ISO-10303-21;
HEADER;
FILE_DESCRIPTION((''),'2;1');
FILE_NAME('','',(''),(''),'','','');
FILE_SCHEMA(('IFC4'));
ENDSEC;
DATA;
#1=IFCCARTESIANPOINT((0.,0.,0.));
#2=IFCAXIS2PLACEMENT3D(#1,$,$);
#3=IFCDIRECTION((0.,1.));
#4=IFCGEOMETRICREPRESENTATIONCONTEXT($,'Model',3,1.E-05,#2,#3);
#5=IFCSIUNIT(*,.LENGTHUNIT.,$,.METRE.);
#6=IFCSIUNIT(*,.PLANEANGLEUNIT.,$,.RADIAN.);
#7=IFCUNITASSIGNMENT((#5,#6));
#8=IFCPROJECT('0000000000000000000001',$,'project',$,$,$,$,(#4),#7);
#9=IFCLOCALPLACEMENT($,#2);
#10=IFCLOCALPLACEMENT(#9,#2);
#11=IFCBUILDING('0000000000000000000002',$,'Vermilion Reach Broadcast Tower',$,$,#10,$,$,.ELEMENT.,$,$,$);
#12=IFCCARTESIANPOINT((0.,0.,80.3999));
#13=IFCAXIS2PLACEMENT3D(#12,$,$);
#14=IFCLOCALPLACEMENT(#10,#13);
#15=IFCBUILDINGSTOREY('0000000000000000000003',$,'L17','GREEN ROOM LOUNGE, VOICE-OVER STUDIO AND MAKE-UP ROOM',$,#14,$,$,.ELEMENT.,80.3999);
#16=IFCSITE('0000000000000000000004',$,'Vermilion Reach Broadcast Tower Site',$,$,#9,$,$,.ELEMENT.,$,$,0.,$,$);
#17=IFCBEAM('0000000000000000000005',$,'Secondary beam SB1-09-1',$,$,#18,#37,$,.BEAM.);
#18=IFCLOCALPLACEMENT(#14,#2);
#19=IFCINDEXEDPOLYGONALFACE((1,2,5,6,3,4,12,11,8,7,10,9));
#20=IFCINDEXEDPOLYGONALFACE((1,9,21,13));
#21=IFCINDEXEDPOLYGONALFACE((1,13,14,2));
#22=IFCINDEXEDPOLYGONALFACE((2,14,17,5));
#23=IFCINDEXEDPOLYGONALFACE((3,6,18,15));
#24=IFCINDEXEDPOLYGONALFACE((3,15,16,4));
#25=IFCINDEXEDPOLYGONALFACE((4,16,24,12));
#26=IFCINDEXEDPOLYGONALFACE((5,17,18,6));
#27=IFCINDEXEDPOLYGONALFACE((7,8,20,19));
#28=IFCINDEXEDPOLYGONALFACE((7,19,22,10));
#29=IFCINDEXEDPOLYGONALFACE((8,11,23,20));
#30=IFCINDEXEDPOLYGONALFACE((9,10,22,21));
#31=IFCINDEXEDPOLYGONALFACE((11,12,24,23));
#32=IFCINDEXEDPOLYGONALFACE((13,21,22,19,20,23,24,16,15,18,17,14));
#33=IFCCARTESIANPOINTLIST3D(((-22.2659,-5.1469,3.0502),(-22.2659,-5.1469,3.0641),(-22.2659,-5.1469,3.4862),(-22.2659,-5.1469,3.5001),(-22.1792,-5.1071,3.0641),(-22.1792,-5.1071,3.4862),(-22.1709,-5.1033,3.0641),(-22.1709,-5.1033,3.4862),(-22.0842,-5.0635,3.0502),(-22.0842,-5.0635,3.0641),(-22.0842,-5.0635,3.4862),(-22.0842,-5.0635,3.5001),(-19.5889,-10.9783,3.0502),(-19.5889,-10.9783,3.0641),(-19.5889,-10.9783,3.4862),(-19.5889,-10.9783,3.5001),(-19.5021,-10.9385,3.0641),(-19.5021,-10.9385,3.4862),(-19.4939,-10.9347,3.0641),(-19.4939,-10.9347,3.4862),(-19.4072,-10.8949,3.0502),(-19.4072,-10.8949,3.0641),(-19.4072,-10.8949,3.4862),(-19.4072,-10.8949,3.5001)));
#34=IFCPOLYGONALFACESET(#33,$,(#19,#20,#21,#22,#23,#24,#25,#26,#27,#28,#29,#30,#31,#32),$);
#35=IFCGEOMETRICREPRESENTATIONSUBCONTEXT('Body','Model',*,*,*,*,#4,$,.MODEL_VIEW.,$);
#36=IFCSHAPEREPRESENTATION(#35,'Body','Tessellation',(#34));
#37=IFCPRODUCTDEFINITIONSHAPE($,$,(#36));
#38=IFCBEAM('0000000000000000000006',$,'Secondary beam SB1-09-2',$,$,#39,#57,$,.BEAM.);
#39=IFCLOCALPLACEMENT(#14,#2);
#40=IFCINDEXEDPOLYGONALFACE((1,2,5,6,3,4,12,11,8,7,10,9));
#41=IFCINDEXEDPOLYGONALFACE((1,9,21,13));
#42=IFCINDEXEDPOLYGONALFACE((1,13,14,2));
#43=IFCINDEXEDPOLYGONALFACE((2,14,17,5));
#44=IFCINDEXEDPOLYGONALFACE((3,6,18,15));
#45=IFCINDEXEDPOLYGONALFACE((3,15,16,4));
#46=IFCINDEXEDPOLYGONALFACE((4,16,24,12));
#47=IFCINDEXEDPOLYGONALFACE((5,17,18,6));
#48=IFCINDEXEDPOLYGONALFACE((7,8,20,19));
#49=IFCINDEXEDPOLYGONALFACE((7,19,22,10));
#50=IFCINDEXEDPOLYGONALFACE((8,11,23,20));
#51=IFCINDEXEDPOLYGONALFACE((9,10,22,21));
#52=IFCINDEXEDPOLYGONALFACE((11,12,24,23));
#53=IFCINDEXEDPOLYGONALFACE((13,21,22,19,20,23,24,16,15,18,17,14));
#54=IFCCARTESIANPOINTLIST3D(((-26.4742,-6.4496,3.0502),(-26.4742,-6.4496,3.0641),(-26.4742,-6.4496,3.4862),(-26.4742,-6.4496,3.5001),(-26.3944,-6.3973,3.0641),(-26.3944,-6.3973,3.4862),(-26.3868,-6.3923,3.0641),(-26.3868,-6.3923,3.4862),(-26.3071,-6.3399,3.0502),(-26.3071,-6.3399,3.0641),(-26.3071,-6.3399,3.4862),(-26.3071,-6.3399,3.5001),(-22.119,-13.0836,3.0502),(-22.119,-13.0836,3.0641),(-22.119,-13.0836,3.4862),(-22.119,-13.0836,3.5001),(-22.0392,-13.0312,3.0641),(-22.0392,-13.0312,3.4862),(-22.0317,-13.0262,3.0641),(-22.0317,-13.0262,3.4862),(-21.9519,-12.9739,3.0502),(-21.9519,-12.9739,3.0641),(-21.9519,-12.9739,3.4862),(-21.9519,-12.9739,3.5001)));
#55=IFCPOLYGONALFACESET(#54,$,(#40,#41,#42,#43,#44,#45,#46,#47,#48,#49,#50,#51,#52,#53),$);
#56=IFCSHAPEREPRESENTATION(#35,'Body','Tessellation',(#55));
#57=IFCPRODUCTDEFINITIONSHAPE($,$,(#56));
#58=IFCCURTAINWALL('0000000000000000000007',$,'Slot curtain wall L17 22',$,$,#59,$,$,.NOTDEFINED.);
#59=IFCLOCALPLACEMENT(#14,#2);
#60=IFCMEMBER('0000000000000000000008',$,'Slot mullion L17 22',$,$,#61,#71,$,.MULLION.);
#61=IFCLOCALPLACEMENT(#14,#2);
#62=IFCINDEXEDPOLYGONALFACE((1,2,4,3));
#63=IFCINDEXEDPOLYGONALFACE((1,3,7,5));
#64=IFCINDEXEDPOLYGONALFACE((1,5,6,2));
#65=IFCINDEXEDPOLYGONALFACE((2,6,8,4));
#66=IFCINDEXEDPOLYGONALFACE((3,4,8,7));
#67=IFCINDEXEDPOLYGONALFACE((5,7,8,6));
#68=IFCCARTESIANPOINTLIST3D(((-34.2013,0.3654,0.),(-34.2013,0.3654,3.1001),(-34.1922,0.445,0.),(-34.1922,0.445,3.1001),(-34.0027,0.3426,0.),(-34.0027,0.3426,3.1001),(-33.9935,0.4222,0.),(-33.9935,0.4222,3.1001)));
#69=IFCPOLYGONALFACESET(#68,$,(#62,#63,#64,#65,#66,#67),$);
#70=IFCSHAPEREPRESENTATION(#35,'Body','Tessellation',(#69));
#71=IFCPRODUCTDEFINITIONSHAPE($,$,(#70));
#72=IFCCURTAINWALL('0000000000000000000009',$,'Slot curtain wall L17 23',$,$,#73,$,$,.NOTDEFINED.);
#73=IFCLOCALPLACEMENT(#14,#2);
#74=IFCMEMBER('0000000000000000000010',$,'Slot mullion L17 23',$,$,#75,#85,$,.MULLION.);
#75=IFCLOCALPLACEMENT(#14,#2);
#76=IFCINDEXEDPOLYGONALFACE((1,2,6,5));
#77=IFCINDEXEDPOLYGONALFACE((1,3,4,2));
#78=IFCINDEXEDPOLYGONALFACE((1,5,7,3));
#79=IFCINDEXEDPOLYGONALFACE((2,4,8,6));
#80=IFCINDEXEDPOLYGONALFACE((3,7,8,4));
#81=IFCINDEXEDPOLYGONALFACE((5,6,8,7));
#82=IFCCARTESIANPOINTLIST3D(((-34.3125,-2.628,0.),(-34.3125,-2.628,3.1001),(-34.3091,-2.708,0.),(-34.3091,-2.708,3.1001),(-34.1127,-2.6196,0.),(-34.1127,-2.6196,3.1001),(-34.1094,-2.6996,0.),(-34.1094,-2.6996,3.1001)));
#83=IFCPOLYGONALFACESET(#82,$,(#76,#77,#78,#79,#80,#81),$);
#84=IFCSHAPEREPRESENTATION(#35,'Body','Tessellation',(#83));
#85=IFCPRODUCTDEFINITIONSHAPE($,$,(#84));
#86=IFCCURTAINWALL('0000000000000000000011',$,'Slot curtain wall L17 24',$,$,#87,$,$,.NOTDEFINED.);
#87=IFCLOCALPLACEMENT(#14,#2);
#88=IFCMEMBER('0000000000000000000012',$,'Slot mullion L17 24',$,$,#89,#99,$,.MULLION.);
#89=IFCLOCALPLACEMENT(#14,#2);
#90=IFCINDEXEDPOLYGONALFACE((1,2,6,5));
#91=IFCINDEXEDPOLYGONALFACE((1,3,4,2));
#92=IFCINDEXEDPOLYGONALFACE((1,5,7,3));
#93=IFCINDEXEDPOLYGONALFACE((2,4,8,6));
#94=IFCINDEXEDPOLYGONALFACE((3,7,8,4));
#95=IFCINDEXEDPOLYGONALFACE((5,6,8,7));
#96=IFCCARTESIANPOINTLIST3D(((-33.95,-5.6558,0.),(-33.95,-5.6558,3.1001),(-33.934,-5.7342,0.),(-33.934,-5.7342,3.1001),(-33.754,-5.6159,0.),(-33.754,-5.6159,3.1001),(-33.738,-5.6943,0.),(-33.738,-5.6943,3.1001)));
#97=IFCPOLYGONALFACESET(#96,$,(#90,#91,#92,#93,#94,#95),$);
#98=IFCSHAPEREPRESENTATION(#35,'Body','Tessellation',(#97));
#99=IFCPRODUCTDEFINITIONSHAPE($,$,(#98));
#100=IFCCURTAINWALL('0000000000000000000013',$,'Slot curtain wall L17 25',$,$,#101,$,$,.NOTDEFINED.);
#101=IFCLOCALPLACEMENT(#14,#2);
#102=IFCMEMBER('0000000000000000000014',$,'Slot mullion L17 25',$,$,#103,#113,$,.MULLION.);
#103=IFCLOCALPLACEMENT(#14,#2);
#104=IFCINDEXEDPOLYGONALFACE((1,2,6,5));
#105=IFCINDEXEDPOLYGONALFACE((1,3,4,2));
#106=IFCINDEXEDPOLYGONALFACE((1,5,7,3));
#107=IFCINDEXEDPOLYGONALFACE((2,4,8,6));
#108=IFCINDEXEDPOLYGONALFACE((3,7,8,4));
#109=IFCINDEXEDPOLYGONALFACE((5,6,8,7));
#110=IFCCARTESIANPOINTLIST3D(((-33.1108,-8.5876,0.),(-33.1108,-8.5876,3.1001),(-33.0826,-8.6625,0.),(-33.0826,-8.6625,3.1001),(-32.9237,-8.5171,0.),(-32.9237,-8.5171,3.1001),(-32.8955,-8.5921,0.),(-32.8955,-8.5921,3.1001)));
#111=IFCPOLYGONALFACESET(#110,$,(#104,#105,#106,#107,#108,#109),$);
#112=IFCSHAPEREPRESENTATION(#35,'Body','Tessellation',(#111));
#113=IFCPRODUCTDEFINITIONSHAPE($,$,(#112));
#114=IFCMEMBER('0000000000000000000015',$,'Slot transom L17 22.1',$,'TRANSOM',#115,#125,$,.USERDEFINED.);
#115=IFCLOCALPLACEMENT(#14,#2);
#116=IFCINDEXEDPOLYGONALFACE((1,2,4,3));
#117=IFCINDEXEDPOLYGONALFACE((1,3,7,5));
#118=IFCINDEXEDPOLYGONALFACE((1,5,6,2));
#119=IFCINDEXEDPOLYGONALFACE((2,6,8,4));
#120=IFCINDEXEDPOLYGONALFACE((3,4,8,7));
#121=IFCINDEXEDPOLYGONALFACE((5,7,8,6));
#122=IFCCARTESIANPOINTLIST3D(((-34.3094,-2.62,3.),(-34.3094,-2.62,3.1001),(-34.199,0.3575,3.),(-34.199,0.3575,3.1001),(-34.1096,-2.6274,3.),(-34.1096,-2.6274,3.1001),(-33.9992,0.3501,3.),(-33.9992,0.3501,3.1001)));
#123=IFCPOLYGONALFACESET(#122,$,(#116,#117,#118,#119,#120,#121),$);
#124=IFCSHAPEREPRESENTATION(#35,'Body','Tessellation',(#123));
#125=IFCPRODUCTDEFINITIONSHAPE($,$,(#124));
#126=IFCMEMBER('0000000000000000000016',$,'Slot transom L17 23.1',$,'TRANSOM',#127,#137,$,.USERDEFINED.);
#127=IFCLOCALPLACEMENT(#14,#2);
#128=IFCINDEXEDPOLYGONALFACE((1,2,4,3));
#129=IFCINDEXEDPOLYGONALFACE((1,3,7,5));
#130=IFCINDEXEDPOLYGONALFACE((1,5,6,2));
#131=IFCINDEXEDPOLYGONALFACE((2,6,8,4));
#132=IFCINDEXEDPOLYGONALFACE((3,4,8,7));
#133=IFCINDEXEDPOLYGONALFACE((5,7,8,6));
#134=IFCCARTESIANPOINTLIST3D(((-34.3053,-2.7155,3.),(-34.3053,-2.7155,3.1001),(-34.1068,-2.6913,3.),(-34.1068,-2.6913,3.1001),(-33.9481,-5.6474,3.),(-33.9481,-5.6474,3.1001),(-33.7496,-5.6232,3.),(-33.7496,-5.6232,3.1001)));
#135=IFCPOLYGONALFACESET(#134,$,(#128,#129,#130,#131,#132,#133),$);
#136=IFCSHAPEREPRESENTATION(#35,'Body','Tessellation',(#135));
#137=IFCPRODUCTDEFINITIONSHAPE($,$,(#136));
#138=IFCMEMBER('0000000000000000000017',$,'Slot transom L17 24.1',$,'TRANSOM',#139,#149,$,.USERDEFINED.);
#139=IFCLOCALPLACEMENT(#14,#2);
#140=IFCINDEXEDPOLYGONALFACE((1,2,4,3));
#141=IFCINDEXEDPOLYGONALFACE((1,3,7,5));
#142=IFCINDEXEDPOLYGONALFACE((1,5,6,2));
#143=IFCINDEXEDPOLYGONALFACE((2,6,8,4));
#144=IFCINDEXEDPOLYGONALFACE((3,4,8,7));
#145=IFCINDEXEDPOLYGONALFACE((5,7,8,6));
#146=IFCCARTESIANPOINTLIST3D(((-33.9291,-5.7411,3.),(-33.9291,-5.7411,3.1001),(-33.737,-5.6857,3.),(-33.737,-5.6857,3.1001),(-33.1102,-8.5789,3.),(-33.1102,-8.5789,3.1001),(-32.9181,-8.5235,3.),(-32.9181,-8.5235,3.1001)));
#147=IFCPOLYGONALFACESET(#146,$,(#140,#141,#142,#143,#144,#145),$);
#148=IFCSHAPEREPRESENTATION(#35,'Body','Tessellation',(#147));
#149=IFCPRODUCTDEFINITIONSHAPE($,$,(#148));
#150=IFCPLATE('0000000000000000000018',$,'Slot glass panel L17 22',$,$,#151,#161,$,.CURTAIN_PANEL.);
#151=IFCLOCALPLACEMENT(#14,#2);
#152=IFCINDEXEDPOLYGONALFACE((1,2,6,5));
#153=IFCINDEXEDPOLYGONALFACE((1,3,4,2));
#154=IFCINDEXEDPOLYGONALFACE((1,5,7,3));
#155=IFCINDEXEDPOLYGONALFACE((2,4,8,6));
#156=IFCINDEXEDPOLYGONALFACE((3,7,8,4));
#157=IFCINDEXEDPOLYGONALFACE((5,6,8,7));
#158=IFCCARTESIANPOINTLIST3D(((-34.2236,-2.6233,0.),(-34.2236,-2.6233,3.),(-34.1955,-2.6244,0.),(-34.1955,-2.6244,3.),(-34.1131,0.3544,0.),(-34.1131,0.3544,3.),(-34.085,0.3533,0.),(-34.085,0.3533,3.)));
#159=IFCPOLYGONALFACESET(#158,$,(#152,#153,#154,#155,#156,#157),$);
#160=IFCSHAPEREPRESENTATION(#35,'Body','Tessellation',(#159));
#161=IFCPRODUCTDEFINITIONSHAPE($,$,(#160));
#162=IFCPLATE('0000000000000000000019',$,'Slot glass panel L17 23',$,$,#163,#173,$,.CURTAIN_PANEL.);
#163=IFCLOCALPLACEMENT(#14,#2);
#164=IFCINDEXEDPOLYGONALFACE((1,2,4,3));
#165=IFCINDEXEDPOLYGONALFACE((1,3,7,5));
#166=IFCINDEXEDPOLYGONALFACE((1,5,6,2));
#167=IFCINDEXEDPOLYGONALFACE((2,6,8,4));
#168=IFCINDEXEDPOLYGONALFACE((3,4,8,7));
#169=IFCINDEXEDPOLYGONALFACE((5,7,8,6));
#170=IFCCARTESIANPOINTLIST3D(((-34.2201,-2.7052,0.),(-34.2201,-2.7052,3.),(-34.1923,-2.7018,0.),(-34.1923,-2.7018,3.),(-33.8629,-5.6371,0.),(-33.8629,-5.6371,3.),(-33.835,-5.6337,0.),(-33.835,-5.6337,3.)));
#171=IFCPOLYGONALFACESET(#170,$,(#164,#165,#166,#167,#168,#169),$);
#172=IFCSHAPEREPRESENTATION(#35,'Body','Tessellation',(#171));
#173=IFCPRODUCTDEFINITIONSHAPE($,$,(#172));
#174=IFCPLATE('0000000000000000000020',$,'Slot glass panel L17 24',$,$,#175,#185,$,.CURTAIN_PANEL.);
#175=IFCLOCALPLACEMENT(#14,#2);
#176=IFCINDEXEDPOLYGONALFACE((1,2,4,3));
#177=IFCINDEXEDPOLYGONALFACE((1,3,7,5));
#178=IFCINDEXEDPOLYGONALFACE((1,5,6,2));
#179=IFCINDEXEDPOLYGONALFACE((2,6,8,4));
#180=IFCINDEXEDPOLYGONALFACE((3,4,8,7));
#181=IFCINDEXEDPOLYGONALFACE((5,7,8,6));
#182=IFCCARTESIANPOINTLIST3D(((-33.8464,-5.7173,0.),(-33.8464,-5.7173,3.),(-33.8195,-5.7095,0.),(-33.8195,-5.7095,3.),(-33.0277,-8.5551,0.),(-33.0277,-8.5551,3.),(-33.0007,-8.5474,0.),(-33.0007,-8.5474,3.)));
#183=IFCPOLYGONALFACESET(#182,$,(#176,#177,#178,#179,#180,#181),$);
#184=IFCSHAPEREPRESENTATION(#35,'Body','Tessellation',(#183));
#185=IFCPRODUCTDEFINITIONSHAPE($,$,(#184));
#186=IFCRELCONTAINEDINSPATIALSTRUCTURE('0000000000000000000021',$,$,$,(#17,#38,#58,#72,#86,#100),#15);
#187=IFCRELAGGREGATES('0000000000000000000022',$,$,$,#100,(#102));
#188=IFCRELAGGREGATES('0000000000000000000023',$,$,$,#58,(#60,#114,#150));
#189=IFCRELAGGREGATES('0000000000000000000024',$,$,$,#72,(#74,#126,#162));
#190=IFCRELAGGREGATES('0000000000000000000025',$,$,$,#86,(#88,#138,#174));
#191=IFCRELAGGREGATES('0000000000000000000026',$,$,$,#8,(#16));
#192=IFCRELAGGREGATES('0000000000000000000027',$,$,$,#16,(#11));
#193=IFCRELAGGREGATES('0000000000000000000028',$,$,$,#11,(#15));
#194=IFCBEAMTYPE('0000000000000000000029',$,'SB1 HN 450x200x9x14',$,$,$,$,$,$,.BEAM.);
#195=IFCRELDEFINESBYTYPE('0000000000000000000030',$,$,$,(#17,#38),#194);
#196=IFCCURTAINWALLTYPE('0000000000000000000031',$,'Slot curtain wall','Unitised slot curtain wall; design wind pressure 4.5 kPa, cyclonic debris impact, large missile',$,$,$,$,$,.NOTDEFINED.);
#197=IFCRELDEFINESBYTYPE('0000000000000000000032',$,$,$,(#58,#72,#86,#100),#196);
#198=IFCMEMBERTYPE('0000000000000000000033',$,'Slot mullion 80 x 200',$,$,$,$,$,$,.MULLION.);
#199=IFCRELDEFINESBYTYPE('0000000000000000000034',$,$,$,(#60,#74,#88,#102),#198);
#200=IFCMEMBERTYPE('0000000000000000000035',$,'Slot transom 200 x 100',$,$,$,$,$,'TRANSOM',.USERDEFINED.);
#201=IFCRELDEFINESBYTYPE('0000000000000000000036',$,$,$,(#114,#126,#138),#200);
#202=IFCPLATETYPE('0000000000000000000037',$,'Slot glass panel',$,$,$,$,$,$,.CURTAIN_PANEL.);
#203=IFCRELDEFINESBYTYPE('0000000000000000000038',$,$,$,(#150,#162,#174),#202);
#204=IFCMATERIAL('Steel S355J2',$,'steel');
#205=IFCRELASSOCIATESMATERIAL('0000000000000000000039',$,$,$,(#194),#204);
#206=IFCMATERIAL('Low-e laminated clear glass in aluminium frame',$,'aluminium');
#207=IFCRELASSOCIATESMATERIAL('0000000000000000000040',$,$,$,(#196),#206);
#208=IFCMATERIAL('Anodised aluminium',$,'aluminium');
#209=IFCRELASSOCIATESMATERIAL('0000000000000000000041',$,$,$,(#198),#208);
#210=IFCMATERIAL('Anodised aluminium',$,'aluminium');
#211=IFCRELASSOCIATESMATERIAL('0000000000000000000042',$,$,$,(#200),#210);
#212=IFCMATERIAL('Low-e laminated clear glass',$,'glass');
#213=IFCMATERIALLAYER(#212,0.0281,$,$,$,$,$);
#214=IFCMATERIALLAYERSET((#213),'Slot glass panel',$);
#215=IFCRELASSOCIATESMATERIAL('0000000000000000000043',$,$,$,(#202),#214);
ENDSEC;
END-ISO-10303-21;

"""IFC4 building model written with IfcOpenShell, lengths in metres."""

from ifc_helpers import new_model, si_unit, direction, frame, origin, origin_2d, place, context, subcontext, project, spatial, rectangle, i_section, extrude, material, layer, layer_set, material_profile, profile_set, type_object, element, aggregate, save


model = new_model("IFC4")

# Units and contexts
model_context = context("Model", 3, precision=1e-05, world=origin(), true_north=direction((0.0, 1.0)))
body_context = subcontext(model_context, "Body", "Model", "MODEL_VIEW")
ifc_project = project(units=[si_unit("LENGTHUNIT", "METRE"), si_unit("PLANEANGLEUNIT", "RADIAN")], contexts=[model_context])

# Site, building, storey
site_placement = place(None, origin())
site = spatial("IfcSite", under=ifc_project, at=site_placement, Name="Vermilion Reach Broadcast Tower Site", CompositionType="ELEMENT", RefElevation=0.0)
building_placement = place(site_placement, origin())
building = spatial("IfcBuilding", under=site, at=building_placement, Name="Vermilion Reach Broadcast Tower", CompositionType="ELEMENT")
storey_placement = place(building_placement, frame((0.0, 0.0, 80.3999)))
storey = spatial("IfcBuildingStorey", under=building, at=storey_placement, Name="L17", Description="GREEN ROOM LOUNGE, VOICE-OVER STUDIO AND MAKE-UP ROOM", CompositionType="ELEMENT", Elevation=80.3999)

# Beams
ifc_material_1 = material(Name="Steel S355J2", Category="steel")
ifc_material_profile_1 = material_profile(ifc_material_1, i_section(OverallWidth=0.2, OverallDepth=0.45, WebThickness=0.009, FlangeThickness=0.0139, at=origin_2d()), Name="S355J2 HN 450x200x9x14")
ifc_profile_set_1 = profile_set([ifc_material_profile_1], Name="Steel S355J2")
beam_type_1 = type_object("IfcBeamType", Name="SB1 HN 450x200x9x14", PredefinedType="BEAM", material=ifc_profile_set_1)
beam_1_placement = place(storey_placement, frame((-22.175, -5.1052, 3.2751), z_axis=(0.417211, -0.908809, 0.0), x_axis=(0.908809, 0.417211, 0.0)))
element("IfcBeam", 1, at=beam_1_placement, inside=storey, type_object=beam_type_1, Name="Secondary beam SB1-09-1", PredefinedType="BEAM", context=body_context, shape_type="SweptSolid", body=[
    extrude(i_section(OverallWidth=0.2, OverallDepth=0.45, WebThickness=0.009, FlangeThickness=0.0139, at=origin_2d()), origin(), (0.0, 0.0, 1.0), 6.4165),
])
beam_2_placement = place(storey_placement, frame((-26.3906, -6.3948, 3.2751), z_axis=(0.548801, -0.835953, 0.0), x_axis=(0.835953, 0.548801, 0.0)))
element("IfcBeam", 2, at=beam_2_placement, inside=storey, type_object=beam_type_1, Name="Secondary beam SB1-09-2", PredefinedType="BEAM", context=body_context, shape_type="SweptSolid", body=[
    extrude(i_section(OverallWidth=0.2, OverallDepth=0.45, WebThickness=0.009, FlangeThickness=0.0139, at=origin_2d()), origin(), (0.0, 0.0, 1.0), 7.9358),
])

# Curtain walls, members
ifc_material_2 = material(Name="Low-e laminated clear glass in aluminium frame", Category="aluminium")
curtain_wall_type = type_object("IfcCurtainWallType", Name="Slot curtain wall", Description="Unitised slot curtain wall; design wind pressure 4.5 kPa, cyclonic debris impact, large missile", PredefinedType="NOTDEFINED", material=ifc_material_2)
placement = place(storey_placement, origin())
curtain_wall_1 = element("IfcCurtainWall", 3, at=placement, inside=storey, type_object=curtain_wall_type, Name="Slot curtain wall L17 22", PredefinedType="NOTDEFINED")
ifc_material_3 = material(Name="Anodised aluminium", Category="aluminium")
ifc_material_profile_2 = material_profile(ifc_material_3, rectangle(XDim=0.2, YDim=0.0801, at=origin_2d()), Name="Slot mullion 80 x 200")
ifc_profile_set_2 = profile_set([ifc_material_profile_2], Name="Anodised aluminium")
member_type_1 = type_object("IfcMemberType", Name="Slot mullion 80 x 200", PredefinedType="MULLION", material=ifc_profile_set_2)
member_1_placement = place(storey_placement, frame((-34.0974, 0.3938, 0.0), z_axis=(0.0, 0.0, 1.0), x_axis=(0.993466, -0.11413, 0.0)))
member_1 = element("IfcMember", 4, at=member_1_placement, type_object=member_type_1, Name="Slot mullion L17 22", PredefinedType="MULLION", context=body_context, shape_type="SweptSolid", body=[
    extrude(rectangle(XDim=0.2, YDim=0.0801, at=origin_2d()), origin(), (0.0, 0.0, 1.0), 3.1001),
])
curtain_wall_2 = element("IfcCurtainWall", 5, at=placement, inside=storey, type_object=curtain_wall_type, Name="Slot curtain wall L17 23", PredefinedType="NOTDEFINED")
member_2_placement = place(storey_placement, frame((-34.2109, -2.6638, 0.0), z_axis=(0.0, 0.0, 1.0), x_axis=(0.999115, 0.04207, 0.0)))
member_2 = element("IfcMember", 6, at=member_2_placement, type_object=member_type_1, Name="Slot mullion L17 23", PredefinedType="MULLION", context=body_context, shape_type="SweptSolid", body=[
    extrude(rectangle(XDim=0.2, YDim=0.0801, at=origin_2d()), origin(), (0.0, 0.0, 1.0), 3.1001),
])
curtain_wall_3 = element("IfcCurtainWall", 7, at=placement, inside=storey, type_object=curtain_wall_type, Name="Slot curtain wall L17 24", PredefinedType="NOTDEFINED")
member_3_placement = place(storey_placement, frame((-33.844, -5.675, 0.0), z_axis=(0.0, 0.0, 1.0), x_axis=(0.979855, 0.19971, 0.0)))
member_3 = element("IfcMember", 8, at=member_3_placement, type_object=member_type_1, Name="Slot mullion L17 24", PredefinedType="MULLION", context=body_context, shape_type="SweptSolid", body=[
    extrude(rectangle(XDim=0.2, YDim=0.0801, at=origin_2d()), origin(), (0.0, 0.0, 1.0), 3.1001),
])
curtain_wall_4 = element("IfcCurtainWall", 9, at=placement, inside=storey, type_object=curtain_wall_type, Name="Slot curtain wall L17 25", PredefinedType="NOTDEFINED")
member_4_placement = place(storey_placement, frame((-33.0032, -8.5898, 0.0), z_axis=(0.0, 0.0, 1.0), x_axis=(0.935882, 0.352313, 0.0)))
member_4 = element("IfcMember", 10, at=member_4_placement, type_object=member_type_1, Name="Slot mullion L17 25", PredefinedType="MULLION", context=body_context, shape_type="SweptSolid", body=[
    extrude(rectangle(XDim=0.2, YDim=0.0801, at=origin_2d()), origin(), (0.0, 0.0, 1.0), 3.1001),
])
aggregate(curtain_wall_4, [member_4])

# Members
ifc_material_4 = material(Name="Anodised aluminium", Category="aluminium")
ifc_material_profile_3 = material_profile(ifc_material_4, rectangle(XDim=0.2, YDim=0.1001, at=origin_2d()), Name="Slot transom 200 x 100")
ifc_profile_set_3 = profile_set([ifc_material_profile_3], Name="Anodised aluminium")
member_type_2 = type_object("IfcMemberType", Name="Slot transom 200 x 100", ElementType="TRANSOM", PredefinedType="USERDEFINED", material=ifc_profile_set_3)
member_5_placement = place(storey_placement, frame((-34.0991, 0.3538, 3.05), z_axis=(-0.037036, -0.999314, 0.0), x_axis=(0.999314, -0.037036, 0.0)))
member_5 = element("IfcMember", 11, at=member_5_placement, type_object=member_type_2, Name="Slot transom L17 22.1", ObjectType="TRANSOM", PredefinedType="USERDEFINED", context=body_context, shape_type="SweptSolid", body=[
    extrude(rectangle(XDim=0.2, YDim=0.1001, at=origin_2d()), origin(), (0.0, 0.0, 1.0), 2.9795),
])
member_6_placement = place(storey_placement, frame((-34.2061, -2.7034, 3.05), z_axis=(0.120931, -0.992661, 0.0), x_axis=(0.992661, 0.120931, 0.0)))
member_6 = element("IfcMember", 12, at=member_6_placement, type_object=member_type_2, Name="Slot transom L17 23.1", ObjectType="TRANSOM", PredefinedType="USERDEFINED", context=body_context, shape_type="SweptSolid", body=[
    extrude(rectangle(XDim=0.2, YDim=0.1001, at=origin_2d()), origin(), (0.0, 0.0, 1.0), 2.9536),
])
member_7_placement = place(storey_placement, frame((-33.833, -5.7134, 3.05), z_axis=(0.277231, -0.960803, 0.0), x_axis=(0.960803, 0.277231, 0.0)))
member_7 = element("IfcMember", 13, at=member_7_placement, type_object=member_type_2, Name="Slot transom L17 24.1", ObjectType="TRANSOM", PredefinedType="USERDEFINED", context=body_context, shape_type="SweptSolid", body=[
    extrude(rectangle(XDim=0.2, YDim=0.1001, at=origin_2d()), origin(), (0.0, 0.0, 1.0), 2.9536),
])

# Plates
ifc_material_5 = material(Name="Low-e laminated clear glass", Category="glass")
ifc_layer_1 = layer(ifc_material_5, 0.0281)
ifc_layer_set_1 = layer_set([ifc_layer_1], Name="Slot glass panel")
plate_type = type_object("IfcPlateType", Name="Slot glass panel", PredefinedType="CURTAIN_PANEL", material=ifc_layer_set_1)
plate_1_placement = place(storey_placement, frame((-34.1543, -1.135, 0.0), z_axis=(0.0, 0.0, 1.0), x_axis=(-0.037071, -0.999313, 0.0)))
plate_1 = element("IfcPlate", 14, at=plate_1_placement, type_object=plate_type, Name="Slot glass panel L17 22", PredefinedType="CURTAIN_PANEL", context=body_context, shape_type="SweptSolid", body=[
    extrude(rectangle(XDim=2.9797, YDim=0.0281, at=origin_2d()), origin(), (0.0, 0.0, 1.0), 3.0),
])
aggregate(curtain_wall_1, [member_1, member_5, plate_1])
plate_2_placement = place(storey_placement, frame((-34.0276, -4.1694, 0.0), z_axis=(0.0, 0.0, 1.0), x_axis=(0.120947, -0.992659, 0.0)))
plate_2 = element("IfcPlate", 15, at=plate_2_placement, type_object=plate_type, Name="Slot glass panel L17 23", PredefinedType="CURTAIN_PANEL", context=body_context, shape_type="SweptSolid", body=[
    extrude(rectangle(XDim=2.9536, YDim=0.0281, at=origin_2d()), origin(), (0.0, 0.0, 1.0), 3.0),
])
aggregate(curtain_wall_2, [member_2, member_6, plate_2])
plate_3_placement = place(storey_placement, frame((-33.4236, -7.1323, 0.0), z_axis=(0.0, 0.0, 1.0), x_axis=(0.277201, -0.960812, 0.0)))
plate_3 = element("IfcPlate", 16, at=plate_3_placement, type_object=plate_type, Name="Slot glass panel L17 24", PredefinedType="CURTAIN_PANEL", context=body_context, shape_type="SweptSolid", body=[
    extrude(rectangle(XDim=2.9536, YDim=0.0281, at=origin_2d()), origin(), (0.0, 0.0, 1.0), 3.0),
])
aggregate(curtain_wall_3, [member_3, member_7, plate_3])

save(model, "model.ifc")
